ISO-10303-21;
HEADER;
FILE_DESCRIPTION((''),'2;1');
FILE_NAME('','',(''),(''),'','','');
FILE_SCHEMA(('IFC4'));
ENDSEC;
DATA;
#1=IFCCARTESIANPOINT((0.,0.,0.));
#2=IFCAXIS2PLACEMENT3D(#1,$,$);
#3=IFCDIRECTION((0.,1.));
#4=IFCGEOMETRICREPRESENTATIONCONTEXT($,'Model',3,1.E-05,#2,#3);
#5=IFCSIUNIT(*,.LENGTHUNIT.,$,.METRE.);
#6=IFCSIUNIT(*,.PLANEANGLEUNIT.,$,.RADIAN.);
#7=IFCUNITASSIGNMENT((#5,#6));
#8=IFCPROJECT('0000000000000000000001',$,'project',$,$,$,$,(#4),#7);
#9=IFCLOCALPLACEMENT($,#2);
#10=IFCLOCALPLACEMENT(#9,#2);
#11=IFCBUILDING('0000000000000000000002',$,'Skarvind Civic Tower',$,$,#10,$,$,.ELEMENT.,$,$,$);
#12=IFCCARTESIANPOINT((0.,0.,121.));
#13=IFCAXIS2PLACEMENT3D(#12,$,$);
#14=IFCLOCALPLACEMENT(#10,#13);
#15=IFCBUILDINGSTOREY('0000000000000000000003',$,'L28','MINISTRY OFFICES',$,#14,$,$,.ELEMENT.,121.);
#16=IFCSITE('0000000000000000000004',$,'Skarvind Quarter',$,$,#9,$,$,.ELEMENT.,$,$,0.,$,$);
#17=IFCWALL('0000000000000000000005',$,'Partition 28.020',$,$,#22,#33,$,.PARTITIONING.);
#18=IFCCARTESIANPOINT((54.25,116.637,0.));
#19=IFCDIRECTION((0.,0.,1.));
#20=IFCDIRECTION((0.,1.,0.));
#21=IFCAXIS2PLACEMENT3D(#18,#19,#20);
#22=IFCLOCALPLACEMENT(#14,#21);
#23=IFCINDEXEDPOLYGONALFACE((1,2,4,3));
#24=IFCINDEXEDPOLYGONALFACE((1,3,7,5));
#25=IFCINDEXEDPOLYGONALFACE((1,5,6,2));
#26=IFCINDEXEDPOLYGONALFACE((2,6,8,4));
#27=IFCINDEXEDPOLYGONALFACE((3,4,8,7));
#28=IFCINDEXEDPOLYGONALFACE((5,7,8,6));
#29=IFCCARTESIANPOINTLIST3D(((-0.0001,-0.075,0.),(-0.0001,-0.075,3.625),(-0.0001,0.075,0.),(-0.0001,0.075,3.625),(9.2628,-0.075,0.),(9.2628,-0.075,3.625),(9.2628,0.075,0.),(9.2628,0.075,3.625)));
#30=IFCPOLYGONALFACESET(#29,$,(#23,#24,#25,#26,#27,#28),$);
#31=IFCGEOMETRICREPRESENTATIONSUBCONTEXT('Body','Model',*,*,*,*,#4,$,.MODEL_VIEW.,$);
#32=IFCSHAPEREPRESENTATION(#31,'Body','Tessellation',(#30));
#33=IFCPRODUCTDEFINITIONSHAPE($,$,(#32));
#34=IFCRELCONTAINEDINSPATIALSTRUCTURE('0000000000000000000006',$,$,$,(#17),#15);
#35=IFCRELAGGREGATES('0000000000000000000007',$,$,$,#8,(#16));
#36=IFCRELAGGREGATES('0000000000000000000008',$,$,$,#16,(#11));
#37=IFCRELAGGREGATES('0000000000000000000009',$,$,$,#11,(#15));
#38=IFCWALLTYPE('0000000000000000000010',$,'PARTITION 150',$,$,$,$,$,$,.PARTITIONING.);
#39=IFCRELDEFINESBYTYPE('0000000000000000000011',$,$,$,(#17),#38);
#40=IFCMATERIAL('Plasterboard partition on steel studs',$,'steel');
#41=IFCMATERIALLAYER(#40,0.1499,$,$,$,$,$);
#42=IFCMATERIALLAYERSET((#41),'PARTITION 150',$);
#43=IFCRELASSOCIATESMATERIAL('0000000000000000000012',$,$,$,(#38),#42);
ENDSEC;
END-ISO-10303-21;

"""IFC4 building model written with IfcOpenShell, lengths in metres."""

from ifc_helpers import new_model, si_unit, direction, frame, frame_2d, origin, place, context, subcontext, project, spatial, rectangle, extrude, material, layer, layer_set, type_object, element, save


model = new_model("IFC4")

# Units and contexts
model_context = context("Model", 3, precision=1e-05, world=origin(), true_north=direction((0.0, 1.0)))
body_context = subcontext(model_context, "Body", "Model", "MODEL_VIEW")
ifc_project = project(units=[si_unit("LENGTHUNIT", "METRE"), si_unit("PLANEANGLEUNIT", "RADIAN")], contexts=[model_context])

# Site, building, storey
site_placement = place(None, origin())
site = spatial("IfcSite", under=ifc_project, at=site_placement, Name="Skarvind Quarter", CompositionType="ELEMENT", RefElevation=0.0)
building_placement = place(site_placement, origin())
building = spatial("IfcBuilding", under=site, at=building_placement, Name="Skarvind Civic Tower", CompositionType="ELEMENT")
storey_placement = place(building_placement, frame((0.0, 0.0, 121.0)))
storey = spatial("IfcBuildingStorey", under=building, at=storey_placement, Name="L28", Description="MINISTRY OFFICES", CompositionType="ELEMENT", Elevation=121.0)

# Shared definitions
ifc_material_1 = material(Name="Plasterboard partition on steel studs", Category="steel")
ifc_layer_1 = layer(ifc_material_1, 0.1499)
ifc_layer_set_1 = layer_set([ifc_layer_1], Name="PARTITION 150")
wall_type_1 = type_object("IfcWallType", Name="PARTITION 150", PredefinedType="PARTITIONING", material=ifc_layer_set_1)

# Wall
wall_1_placement = place(storey_placement, frame((54.25, 116.637, 0.0), z_axis=(0.0, 0.0, 1.0), x_axis=(0.0, 1.0, 0.0)))
element("IfcWall", 1, at=wall_1_placement, inside=storey, type_object=wall_type_1, Name="Partition 28.020", PredefinedType="PARTITIONING", context=body_context, shape_type="SweptSolid", body=[
    extrude(rectangle(XDim=9.2629, YDim=0.1499, at=frame_2d((4.6313, 0.0))), origin(), (0.0, 0.0, 1.0), 3.625),
])

save(model, "model.ifc")
